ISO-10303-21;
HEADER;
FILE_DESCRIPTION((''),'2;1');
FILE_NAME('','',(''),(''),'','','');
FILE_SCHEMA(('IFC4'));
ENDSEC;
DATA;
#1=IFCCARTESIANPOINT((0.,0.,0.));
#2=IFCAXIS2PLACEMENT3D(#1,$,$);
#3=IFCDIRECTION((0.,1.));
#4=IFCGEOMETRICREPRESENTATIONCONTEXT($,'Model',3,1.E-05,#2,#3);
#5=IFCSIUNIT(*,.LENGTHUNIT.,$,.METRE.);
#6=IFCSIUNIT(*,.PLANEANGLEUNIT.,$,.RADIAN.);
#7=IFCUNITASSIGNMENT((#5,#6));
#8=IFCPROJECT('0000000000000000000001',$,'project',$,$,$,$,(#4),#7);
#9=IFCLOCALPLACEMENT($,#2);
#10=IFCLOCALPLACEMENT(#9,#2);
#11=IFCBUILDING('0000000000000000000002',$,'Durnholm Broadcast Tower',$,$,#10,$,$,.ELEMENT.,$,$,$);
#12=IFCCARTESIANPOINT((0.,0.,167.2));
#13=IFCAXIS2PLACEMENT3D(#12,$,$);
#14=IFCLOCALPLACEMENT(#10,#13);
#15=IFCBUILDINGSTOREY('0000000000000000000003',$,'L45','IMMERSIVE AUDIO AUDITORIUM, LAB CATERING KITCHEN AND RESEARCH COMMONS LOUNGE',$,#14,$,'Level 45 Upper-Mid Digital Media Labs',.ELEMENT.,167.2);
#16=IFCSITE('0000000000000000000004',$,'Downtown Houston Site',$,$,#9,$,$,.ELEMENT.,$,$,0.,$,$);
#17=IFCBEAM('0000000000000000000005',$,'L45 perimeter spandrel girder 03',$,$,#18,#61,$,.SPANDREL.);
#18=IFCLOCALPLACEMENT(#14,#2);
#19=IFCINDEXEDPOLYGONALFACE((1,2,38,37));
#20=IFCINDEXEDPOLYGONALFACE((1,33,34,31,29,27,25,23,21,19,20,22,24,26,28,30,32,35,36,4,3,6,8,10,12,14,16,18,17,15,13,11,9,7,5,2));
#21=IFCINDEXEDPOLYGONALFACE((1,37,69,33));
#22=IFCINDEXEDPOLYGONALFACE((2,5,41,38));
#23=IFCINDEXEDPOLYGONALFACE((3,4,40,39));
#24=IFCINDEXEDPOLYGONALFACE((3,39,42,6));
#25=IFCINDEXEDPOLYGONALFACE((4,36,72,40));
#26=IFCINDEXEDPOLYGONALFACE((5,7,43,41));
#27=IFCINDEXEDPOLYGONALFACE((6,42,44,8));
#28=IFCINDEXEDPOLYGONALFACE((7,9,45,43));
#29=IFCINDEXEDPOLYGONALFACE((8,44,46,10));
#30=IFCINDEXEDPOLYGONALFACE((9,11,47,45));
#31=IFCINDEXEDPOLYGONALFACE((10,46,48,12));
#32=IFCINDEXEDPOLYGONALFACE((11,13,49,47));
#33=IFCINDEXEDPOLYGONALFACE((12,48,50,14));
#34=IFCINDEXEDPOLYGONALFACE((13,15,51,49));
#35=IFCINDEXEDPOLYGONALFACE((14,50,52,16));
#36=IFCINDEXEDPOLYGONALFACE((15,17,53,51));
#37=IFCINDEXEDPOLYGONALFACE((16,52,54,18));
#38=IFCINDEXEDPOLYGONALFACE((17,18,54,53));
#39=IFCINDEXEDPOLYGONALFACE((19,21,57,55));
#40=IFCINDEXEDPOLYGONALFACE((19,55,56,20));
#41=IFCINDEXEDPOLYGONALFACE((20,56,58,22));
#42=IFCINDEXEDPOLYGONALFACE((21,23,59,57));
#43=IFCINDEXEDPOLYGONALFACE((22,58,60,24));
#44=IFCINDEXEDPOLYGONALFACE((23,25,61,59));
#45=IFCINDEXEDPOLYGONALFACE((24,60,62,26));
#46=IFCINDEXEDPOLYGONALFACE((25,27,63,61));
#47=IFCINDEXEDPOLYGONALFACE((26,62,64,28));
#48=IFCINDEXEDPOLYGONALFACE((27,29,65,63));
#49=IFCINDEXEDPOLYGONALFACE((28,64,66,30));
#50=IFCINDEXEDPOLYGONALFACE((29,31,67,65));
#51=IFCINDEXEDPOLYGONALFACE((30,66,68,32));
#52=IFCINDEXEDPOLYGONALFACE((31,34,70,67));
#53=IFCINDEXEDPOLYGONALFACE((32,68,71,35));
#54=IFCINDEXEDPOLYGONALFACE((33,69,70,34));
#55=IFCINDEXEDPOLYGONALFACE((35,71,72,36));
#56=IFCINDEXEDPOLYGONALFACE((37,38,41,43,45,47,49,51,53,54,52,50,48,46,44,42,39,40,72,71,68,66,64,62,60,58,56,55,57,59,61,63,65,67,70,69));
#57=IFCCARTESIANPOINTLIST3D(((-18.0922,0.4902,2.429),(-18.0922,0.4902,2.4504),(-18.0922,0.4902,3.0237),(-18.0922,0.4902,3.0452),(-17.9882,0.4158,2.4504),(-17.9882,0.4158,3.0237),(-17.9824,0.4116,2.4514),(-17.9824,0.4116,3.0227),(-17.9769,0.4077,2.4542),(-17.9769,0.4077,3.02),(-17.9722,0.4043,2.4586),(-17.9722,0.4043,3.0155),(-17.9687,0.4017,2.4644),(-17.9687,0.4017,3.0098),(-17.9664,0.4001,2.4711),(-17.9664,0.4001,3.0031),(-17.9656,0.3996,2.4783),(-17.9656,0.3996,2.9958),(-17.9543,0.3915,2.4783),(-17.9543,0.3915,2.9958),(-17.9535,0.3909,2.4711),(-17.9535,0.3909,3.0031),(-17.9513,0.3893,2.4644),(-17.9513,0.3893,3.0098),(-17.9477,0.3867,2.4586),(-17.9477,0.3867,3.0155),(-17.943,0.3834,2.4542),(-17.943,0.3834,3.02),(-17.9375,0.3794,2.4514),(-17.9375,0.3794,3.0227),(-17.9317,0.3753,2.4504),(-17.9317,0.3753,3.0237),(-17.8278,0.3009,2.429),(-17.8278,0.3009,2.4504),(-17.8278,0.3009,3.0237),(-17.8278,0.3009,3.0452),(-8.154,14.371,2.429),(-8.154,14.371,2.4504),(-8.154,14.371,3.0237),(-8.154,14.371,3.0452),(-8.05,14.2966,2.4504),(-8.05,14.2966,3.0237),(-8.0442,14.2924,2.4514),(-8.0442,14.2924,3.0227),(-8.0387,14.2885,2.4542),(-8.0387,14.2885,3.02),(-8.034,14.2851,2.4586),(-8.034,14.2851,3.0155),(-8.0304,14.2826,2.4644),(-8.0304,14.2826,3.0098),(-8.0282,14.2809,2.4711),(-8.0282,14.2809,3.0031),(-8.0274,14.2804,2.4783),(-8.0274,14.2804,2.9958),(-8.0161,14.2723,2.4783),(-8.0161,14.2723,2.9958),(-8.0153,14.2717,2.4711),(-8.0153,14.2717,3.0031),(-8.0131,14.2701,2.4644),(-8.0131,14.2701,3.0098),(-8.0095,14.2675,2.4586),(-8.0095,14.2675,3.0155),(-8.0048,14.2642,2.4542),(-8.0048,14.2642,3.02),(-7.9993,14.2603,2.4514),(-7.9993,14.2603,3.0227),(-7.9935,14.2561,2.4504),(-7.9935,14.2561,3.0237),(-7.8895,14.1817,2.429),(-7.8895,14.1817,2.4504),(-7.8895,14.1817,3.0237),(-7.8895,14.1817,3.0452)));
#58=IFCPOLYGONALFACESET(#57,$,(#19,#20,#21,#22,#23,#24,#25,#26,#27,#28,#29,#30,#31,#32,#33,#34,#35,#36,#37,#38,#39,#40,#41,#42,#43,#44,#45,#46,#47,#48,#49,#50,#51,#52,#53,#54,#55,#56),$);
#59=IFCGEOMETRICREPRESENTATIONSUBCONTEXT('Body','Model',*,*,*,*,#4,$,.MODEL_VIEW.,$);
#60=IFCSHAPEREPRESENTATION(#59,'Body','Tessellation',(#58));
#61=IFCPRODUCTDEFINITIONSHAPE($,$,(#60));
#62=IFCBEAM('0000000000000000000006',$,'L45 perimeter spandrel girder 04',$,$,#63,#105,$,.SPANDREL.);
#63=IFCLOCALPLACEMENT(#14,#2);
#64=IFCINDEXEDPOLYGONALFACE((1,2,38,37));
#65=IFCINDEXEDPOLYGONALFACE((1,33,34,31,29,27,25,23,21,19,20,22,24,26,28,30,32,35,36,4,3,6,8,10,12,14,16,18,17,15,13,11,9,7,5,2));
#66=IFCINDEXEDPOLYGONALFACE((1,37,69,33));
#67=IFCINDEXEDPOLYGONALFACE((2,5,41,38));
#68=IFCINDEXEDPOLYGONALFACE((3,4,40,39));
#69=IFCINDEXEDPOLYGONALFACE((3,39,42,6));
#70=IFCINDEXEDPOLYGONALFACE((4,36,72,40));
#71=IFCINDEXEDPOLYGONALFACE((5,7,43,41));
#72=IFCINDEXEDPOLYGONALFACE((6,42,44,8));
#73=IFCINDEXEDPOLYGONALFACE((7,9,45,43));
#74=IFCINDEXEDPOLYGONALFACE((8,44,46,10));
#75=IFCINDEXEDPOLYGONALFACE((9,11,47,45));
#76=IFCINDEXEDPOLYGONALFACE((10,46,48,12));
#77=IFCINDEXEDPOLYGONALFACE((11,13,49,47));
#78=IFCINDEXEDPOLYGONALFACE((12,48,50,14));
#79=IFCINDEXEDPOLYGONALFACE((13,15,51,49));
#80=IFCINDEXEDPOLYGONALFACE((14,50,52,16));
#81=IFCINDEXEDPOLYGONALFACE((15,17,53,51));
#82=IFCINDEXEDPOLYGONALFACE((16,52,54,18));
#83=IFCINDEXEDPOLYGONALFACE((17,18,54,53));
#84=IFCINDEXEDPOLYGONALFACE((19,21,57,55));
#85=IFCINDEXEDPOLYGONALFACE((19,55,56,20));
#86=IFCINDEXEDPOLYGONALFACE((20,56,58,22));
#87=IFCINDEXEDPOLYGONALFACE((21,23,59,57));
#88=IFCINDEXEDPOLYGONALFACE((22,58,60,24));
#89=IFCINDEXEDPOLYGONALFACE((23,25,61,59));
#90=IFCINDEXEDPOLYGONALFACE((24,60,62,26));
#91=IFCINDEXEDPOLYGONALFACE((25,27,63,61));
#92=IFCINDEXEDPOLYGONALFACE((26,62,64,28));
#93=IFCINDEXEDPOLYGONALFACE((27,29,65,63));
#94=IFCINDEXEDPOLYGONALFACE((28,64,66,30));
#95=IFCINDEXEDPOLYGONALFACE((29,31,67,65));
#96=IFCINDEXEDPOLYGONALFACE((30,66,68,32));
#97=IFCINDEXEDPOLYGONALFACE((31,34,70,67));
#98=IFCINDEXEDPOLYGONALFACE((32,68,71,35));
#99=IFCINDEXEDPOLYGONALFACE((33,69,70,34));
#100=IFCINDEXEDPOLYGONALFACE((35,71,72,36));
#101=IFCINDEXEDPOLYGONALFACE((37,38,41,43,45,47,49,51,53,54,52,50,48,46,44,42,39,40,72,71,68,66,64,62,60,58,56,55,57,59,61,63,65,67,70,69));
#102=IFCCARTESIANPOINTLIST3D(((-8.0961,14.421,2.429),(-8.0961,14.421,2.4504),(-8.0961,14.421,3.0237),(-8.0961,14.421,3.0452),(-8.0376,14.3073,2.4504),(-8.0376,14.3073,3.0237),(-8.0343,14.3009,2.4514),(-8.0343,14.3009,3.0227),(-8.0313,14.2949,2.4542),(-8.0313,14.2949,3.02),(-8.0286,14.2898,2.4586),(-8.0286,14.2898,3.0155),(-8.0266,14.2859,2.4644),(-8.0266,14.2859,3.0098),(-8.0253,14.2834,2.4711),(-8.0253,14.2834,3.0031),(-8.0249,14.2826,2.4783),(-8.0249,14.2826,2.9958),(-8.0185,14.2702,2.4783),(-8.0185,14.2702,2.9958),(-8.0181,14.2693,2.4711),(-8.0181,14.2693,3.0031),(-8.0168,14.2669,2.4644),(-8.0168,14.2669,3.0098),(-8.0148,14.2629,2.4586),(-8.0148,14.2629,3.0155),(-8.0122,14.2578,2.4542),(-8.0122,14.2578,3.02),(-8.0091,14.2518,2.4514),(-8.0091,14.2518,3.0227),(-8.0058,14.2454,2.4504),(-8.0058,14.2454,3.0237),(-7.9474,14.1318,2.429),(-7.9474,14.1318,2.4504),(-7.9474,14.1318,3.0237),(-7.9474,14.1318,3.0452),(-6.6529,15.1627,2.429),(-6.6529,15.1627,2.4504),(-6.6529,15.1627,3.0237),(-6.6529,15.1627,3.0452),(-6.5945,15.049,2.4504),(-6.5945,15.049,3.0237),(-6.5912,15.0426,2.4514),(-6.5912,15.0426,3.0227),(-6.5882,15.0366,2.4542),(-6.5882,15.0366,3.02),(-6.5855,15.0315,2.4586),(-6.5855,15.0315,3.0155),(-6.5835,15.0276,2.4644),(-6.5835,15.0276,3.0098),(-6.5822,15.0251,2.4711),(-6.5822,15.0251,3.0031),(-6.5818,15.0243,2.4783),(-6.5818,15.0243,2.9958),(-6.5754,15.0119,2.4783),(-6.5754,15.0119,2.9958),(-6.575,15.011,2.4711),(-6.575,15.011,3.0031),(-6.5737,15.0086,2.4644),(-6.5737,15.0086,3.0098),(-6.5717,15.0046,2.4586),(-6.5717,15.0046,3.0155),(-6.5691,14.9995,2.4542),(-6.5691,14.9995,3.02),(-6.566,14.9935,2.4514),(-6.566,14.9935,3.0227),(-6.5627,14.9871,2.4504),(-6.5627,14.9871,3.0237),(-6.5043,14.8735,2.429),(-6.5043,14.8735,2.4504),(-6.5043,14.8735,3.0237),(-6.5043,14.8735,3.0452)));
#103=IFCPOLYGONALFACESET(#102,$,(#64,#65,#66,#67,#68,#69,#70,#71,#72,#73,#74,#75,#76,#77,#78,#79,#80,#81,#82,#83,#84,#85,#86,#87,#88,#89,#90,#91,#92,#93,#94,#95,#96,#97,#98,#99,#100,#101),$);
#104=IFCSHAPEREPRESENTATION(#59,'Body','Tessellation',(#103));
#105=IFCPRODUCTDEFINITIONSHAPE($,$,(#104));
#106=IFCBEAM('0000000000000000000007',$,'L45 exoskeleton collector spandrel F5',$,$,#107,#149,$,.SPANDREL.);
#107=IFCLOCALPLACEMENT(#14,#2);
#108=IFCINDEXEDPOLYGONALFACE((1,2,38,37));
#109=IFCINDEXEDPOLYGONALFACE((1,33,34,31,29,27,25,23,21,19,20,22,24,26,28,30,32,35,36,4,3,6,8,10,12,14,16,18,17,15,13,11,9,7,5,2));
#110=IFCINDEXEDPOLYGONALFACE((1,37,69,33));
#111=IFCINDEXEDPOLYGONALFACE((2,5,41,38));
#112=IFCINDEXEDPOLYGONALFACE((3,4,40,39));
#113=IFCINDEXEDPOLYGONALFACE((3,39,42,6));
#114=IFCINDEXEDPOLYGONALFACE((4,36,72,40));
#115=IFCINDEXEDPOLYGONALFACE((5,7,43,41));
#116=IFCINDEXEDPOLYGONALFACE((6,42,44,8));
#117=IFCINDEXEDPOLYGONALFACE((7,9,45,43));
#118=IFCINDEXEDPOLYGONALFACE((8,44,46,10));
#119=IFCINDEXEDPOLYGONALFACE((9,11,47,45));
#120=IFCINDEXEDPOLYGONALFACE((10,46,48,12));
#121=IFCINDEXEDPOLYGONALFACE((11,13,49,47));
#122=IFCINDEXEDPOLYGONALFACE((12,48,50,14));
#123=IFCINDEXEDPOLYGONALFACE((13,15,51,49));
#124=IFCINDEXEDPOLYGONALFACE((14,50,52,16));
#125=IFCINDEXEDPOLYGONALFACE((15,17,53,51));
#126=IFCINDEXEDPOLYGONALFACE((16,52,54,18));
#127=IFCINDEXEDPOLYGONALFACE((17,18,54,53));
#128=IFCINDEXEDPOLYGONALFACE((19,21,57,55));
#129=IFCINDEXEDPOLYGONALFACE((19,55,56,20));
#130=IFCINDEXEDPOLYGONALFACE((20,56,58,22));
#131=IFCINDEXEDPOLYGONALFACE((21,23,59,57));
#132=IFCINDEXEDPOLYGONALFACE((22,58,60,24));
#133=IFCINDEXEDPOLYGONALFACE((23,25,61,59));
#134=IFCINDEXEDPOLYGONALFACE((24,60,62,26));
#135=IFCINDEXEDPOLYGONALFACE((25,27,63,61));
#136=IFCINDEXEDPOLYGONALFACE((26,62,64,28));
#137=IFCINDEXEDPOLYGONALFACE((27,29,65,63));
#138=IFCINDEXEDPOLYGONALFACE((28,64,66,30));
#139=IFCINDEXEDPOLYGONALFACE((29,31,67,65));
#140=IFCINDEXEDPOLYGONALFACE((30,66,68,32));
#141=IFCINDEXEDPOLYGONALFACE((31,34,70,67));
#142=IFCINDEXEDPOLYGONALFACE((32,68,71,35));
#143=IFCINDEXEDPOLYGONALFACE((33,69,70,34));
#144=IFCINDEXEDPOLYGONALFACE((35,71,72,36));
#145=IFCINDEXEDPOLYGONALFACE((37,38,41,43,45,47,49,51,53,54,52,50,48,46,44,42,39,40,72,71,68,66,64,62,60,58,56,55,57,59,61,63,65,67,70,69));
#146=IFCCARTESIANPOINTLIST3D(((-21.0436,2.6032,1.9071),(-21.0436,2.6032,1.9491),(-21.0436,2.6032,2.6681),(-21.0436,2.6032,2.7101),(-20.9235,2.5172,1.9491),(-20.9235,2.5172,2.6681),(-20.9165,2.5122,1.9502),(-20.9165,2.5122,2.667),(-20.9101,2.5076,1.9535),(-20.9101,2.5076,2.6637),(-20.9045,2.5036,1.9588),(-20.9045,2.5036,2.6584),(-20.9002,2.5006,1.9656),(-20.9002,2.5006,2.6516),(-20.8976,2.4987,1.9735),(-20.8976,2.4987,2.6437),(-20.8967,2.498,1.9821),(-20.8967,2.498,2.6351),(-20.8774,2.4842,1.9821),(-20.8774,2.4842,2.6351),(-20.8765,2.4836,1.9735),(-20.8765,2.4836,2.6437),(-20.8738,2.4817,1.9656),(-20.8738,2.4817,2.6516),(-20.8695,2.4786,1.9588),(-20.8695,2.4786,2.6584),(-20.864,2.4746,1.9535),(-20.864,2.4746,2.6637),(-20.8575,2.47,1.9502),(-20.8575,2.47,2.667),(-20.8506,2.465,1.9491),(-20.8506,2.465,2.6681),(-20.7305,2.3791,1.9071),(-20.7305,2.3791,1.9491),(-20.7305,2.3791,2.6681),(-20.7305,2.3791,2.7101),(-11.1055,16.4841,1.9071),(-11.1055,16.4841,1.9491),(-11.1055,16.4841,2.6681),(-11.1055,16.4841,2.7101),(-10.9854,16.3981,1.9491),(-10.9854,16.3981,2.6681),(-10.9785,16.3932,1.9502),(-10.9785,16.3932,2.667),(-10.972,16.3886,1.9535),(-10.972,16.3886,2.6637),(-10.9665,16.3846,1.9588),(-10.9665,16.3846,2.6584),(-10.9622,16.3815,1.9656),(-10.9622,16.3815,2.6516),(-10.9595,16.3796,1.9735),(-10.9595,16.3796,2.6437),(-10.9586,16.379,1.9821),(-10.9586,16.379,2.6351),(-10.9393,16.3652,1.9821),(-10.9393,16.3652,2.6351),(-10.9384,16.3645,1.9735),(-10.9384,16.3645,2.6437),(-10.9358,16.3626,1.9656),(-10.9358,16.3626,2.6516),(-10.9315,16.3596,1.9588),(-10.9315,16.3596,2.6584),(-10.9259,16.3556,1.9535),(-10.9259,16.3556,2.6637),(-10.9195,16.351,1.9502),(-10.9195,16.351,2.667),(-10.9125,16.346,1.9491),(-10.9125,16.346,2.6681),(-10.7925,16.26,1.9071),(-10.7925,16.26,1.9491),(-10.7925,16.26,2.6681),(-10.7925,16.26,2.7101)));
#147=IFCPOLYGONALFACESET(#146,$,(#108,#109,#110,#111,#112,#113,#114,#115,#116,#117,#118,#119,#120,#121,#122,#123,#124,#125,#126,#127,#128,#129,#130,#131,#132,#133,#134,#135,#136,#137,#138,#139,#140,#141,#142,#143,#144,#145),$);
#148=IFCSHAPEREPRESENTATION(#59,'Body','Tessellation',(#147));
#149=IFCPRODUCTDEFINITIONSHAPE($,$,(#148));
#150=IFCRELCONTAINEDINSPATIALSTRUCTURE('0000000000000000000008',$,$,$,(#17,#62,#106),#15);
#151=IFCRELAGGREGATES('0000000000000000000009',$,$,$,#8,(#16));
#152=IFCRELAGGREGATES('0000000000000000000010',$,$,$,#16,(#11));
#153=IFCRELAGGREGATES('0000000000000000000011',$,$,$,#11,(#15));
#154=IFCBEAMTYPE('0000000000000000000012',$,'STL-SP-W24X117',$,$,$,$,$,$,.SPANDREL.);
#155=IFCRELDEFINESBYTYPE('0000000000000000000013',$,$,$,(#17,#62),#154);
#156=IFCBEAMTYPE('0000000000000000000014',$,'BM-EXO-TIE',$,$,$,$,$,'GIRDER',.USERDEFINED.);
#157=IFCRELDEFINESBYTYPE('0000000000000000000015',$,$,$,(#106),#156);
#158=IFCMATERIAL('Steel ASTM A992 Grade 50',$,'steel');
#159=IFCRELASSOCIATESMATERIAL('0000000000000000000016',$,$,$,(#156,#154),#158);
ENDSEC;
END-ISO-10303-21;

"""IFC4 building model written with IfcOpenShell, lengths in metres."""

from ifc_helpers import new_model, si_unit, direction, frame, origin, origin_2d, place, context, subcontext, project, spatial, i_section, extrude, source, transform, mapped, material, material_profile, profile_set, type_object, type_shapes, element, save


model = new_model("IFC4")

# Units and contexts
model_context = context("Model", 3, precision=1e-05, world=origin(), true_north=direction((0.0, 1.0)))
body_context = subcontext(model_context, "Body", "Model", "MODEL_VIEW")
ifc_project = project(units=[si_unit("LENGTHUNIT", "METRE"), si_unit("PLANEANGLEUNIT", "RADIAN")], contexts=[model_context])

# Site, building, storey
site_placement = place(None, origin())
site = spatial("IfcSite", under=ifc_project, at=site_placement, Name="Downtown Houston Site", CompositionType="ELEMENT", RefElevation=0.0)
building_placement = place(site_placement, origin())
building = spatial("IfcBuilding", under=site, at=building_placement, Name="Durnholm Broadcast Tower", CompositionType="ELEMENT")
storey_placement = place(building_placement, frame((0.0, 0.0, 167.2)))
storey = spatial("IfcBuildingStorey", under=building, at=storey_placement, Name="L45", Description="IMMERSIVE AUDIO AUDITORIUM, LAB CATERING KITCHEN AND RESEARCH COMMONS LOUNGE", LongName="Level 45 Upper-Mid Digital Media Labs", CompositionType="ELEMENT", Elevation=167.2)

# Beams
ifc_material_1 = material(Name="Steel ASTM A992 Grade 50", Category="steel")
ifc_material_profile_1 = material_profile(ifc_material_1, i_section(OverallWidth=0.385, OverallDepth=0.803, WebThickness=0.0237, FlangeThickness=0.042, FilletRadius=0.033, at=origin_2d()), Name="W30X261")
ifc_profile_set_1 = profile_set([ifc_material_profile_1], Name="Steel ASTM A992 Grade 50")
beam_type_1 = type_object("IfcBeamType", Name="BM-EXO-TIE", ElementType="GIRDER", PredefinedType="USERDEFINED", material=ifc_profile_set_1)
ifc_material_profile_2 = material_profile(ifc_material_1, i_section(OverallWidth=0.3252, OverallDepth=0.6162, WebThickness=0.0139, FlangeThickness=0.0215, FilletRadius=0.0278, at=origin_2d()), Name="W24X117")
ifc_profile_set_2 = profile_set([ifc_material_profile_2], Name="Steel ASTM A992 Grade 50")
beam_type_2 = type_object("IfcBeamType", Name="STL-SP-W24X117", PredefinedType="SPANDREL", material=ifc_profile_set_2)
shared_shape_1 = source(origin(), body_context, "Body", "SweptSolid", [
    extrude(i_section(OverallWidth=0.3252, OverallDepth=0.6162, WebThickness=0.0139, FlangeThickness=0.0215, FilletRadius=0.0278, at=origin_2d()), origin(), (0.0, 0.0, 1.0), 17.0718),
])
beam_1_placement = place(storey_placement, frame((-17.96, 0.3955, 2.7371), z_axis=(0.582143, 0.813087, 0.0), x_axis=(-0.813087, 0.582143, 0.0)))
element("IfcBeam", 1, at=beam_1_placement, inside=storey, type_object=beam_type_2, Name="L45 perimeter spandrel girder 03", PredefinedType="SPANDREL", context=body_context, shape_type="MappedRepresentation", body=[
    mapped(shared_shape_1, transform((0.0, 0.0, 0.0), x_axis=(1.0, 0.0, 0.0), y_axis=(0.0, 1.0, 0.0), z_axis=(0.0, 0.0, 1.0), scale=1.0)),
])
shared_shape_2 = source(origin(), body_context, "Body", "SweptSolid", [
    extrude(i_section(OverallWidth=0.3252, OverallDepth=0.6162, WebThickness=0.0139, FlangeThickness=0.0215, FilletRadius=0.0278, at=origin_2d()), origin(), (0.0, 0.0, 1.0), 1.6226),
])
type_shapes(beam_type_2, [shared_shape_1, shared_shape_2])
beam_2_placement = place(storey_placement, frame((-8.0217, 14.2764, 2.7371), z_axis=(0.889407, 0.457117, 0.0), x_axis=(-0.457117, 0.889407, 0.0)))
element("IfcBeam", 2, at=beam_2_placement, inside=storey, type_object=beam_type_2, Name="L45 perimeter spandrel girder 04", PredefinedType="SPANDREL", context=body_context, shape_type="MappedRepresentation", body=[
    mapped(shared_shape_2, transform((0.0, 0.0, 0.0), x_axis=(1.0, 0.0, 0.0), y_axis=(0.0, 1.0, 0.0), z_axis=(0.0, 0.0, 1.0), scale=1.0)),
])
shared_shape_3 = source(origin(), body_context, "Body", "SweptSolid", [
    extrude(i_section(OverallWidth=0.385, OverallDepth=0.803, WebThickness=0.0237, FlangeThickness=0.042, FilletRadius=0.033, at=origin_2d()), origin(), (0.0, 0.0, 1.0), 17.0718),
])
beam_3_placement = place(storey_placement, frame((-10.949, 16.3721, 2.3086), z_axis=(-0.582133, -0.813093, 0.0), x_axis=(0.813093, -0.582133, 0.0)))
element("IfcBeam", 3, at=beam_3_placement, inside=storey, type_object=beam_type_1, Name="L45 exoskeleton collector spandrel F5", PredefinedType="SPANDREL", context=body_context, shape_type="MappedRepresentation", body=[
    mapped(shared_shape_3, transform((0.0, 0.0, 0.0), x_axis=(1.0, 0.0, 0.0), y_axis=(0.0, 1.0, 0.0), z_axis=(0.0, 0.0, 1.0), scale=1.0)),
])

save(model, "model.ifc")
